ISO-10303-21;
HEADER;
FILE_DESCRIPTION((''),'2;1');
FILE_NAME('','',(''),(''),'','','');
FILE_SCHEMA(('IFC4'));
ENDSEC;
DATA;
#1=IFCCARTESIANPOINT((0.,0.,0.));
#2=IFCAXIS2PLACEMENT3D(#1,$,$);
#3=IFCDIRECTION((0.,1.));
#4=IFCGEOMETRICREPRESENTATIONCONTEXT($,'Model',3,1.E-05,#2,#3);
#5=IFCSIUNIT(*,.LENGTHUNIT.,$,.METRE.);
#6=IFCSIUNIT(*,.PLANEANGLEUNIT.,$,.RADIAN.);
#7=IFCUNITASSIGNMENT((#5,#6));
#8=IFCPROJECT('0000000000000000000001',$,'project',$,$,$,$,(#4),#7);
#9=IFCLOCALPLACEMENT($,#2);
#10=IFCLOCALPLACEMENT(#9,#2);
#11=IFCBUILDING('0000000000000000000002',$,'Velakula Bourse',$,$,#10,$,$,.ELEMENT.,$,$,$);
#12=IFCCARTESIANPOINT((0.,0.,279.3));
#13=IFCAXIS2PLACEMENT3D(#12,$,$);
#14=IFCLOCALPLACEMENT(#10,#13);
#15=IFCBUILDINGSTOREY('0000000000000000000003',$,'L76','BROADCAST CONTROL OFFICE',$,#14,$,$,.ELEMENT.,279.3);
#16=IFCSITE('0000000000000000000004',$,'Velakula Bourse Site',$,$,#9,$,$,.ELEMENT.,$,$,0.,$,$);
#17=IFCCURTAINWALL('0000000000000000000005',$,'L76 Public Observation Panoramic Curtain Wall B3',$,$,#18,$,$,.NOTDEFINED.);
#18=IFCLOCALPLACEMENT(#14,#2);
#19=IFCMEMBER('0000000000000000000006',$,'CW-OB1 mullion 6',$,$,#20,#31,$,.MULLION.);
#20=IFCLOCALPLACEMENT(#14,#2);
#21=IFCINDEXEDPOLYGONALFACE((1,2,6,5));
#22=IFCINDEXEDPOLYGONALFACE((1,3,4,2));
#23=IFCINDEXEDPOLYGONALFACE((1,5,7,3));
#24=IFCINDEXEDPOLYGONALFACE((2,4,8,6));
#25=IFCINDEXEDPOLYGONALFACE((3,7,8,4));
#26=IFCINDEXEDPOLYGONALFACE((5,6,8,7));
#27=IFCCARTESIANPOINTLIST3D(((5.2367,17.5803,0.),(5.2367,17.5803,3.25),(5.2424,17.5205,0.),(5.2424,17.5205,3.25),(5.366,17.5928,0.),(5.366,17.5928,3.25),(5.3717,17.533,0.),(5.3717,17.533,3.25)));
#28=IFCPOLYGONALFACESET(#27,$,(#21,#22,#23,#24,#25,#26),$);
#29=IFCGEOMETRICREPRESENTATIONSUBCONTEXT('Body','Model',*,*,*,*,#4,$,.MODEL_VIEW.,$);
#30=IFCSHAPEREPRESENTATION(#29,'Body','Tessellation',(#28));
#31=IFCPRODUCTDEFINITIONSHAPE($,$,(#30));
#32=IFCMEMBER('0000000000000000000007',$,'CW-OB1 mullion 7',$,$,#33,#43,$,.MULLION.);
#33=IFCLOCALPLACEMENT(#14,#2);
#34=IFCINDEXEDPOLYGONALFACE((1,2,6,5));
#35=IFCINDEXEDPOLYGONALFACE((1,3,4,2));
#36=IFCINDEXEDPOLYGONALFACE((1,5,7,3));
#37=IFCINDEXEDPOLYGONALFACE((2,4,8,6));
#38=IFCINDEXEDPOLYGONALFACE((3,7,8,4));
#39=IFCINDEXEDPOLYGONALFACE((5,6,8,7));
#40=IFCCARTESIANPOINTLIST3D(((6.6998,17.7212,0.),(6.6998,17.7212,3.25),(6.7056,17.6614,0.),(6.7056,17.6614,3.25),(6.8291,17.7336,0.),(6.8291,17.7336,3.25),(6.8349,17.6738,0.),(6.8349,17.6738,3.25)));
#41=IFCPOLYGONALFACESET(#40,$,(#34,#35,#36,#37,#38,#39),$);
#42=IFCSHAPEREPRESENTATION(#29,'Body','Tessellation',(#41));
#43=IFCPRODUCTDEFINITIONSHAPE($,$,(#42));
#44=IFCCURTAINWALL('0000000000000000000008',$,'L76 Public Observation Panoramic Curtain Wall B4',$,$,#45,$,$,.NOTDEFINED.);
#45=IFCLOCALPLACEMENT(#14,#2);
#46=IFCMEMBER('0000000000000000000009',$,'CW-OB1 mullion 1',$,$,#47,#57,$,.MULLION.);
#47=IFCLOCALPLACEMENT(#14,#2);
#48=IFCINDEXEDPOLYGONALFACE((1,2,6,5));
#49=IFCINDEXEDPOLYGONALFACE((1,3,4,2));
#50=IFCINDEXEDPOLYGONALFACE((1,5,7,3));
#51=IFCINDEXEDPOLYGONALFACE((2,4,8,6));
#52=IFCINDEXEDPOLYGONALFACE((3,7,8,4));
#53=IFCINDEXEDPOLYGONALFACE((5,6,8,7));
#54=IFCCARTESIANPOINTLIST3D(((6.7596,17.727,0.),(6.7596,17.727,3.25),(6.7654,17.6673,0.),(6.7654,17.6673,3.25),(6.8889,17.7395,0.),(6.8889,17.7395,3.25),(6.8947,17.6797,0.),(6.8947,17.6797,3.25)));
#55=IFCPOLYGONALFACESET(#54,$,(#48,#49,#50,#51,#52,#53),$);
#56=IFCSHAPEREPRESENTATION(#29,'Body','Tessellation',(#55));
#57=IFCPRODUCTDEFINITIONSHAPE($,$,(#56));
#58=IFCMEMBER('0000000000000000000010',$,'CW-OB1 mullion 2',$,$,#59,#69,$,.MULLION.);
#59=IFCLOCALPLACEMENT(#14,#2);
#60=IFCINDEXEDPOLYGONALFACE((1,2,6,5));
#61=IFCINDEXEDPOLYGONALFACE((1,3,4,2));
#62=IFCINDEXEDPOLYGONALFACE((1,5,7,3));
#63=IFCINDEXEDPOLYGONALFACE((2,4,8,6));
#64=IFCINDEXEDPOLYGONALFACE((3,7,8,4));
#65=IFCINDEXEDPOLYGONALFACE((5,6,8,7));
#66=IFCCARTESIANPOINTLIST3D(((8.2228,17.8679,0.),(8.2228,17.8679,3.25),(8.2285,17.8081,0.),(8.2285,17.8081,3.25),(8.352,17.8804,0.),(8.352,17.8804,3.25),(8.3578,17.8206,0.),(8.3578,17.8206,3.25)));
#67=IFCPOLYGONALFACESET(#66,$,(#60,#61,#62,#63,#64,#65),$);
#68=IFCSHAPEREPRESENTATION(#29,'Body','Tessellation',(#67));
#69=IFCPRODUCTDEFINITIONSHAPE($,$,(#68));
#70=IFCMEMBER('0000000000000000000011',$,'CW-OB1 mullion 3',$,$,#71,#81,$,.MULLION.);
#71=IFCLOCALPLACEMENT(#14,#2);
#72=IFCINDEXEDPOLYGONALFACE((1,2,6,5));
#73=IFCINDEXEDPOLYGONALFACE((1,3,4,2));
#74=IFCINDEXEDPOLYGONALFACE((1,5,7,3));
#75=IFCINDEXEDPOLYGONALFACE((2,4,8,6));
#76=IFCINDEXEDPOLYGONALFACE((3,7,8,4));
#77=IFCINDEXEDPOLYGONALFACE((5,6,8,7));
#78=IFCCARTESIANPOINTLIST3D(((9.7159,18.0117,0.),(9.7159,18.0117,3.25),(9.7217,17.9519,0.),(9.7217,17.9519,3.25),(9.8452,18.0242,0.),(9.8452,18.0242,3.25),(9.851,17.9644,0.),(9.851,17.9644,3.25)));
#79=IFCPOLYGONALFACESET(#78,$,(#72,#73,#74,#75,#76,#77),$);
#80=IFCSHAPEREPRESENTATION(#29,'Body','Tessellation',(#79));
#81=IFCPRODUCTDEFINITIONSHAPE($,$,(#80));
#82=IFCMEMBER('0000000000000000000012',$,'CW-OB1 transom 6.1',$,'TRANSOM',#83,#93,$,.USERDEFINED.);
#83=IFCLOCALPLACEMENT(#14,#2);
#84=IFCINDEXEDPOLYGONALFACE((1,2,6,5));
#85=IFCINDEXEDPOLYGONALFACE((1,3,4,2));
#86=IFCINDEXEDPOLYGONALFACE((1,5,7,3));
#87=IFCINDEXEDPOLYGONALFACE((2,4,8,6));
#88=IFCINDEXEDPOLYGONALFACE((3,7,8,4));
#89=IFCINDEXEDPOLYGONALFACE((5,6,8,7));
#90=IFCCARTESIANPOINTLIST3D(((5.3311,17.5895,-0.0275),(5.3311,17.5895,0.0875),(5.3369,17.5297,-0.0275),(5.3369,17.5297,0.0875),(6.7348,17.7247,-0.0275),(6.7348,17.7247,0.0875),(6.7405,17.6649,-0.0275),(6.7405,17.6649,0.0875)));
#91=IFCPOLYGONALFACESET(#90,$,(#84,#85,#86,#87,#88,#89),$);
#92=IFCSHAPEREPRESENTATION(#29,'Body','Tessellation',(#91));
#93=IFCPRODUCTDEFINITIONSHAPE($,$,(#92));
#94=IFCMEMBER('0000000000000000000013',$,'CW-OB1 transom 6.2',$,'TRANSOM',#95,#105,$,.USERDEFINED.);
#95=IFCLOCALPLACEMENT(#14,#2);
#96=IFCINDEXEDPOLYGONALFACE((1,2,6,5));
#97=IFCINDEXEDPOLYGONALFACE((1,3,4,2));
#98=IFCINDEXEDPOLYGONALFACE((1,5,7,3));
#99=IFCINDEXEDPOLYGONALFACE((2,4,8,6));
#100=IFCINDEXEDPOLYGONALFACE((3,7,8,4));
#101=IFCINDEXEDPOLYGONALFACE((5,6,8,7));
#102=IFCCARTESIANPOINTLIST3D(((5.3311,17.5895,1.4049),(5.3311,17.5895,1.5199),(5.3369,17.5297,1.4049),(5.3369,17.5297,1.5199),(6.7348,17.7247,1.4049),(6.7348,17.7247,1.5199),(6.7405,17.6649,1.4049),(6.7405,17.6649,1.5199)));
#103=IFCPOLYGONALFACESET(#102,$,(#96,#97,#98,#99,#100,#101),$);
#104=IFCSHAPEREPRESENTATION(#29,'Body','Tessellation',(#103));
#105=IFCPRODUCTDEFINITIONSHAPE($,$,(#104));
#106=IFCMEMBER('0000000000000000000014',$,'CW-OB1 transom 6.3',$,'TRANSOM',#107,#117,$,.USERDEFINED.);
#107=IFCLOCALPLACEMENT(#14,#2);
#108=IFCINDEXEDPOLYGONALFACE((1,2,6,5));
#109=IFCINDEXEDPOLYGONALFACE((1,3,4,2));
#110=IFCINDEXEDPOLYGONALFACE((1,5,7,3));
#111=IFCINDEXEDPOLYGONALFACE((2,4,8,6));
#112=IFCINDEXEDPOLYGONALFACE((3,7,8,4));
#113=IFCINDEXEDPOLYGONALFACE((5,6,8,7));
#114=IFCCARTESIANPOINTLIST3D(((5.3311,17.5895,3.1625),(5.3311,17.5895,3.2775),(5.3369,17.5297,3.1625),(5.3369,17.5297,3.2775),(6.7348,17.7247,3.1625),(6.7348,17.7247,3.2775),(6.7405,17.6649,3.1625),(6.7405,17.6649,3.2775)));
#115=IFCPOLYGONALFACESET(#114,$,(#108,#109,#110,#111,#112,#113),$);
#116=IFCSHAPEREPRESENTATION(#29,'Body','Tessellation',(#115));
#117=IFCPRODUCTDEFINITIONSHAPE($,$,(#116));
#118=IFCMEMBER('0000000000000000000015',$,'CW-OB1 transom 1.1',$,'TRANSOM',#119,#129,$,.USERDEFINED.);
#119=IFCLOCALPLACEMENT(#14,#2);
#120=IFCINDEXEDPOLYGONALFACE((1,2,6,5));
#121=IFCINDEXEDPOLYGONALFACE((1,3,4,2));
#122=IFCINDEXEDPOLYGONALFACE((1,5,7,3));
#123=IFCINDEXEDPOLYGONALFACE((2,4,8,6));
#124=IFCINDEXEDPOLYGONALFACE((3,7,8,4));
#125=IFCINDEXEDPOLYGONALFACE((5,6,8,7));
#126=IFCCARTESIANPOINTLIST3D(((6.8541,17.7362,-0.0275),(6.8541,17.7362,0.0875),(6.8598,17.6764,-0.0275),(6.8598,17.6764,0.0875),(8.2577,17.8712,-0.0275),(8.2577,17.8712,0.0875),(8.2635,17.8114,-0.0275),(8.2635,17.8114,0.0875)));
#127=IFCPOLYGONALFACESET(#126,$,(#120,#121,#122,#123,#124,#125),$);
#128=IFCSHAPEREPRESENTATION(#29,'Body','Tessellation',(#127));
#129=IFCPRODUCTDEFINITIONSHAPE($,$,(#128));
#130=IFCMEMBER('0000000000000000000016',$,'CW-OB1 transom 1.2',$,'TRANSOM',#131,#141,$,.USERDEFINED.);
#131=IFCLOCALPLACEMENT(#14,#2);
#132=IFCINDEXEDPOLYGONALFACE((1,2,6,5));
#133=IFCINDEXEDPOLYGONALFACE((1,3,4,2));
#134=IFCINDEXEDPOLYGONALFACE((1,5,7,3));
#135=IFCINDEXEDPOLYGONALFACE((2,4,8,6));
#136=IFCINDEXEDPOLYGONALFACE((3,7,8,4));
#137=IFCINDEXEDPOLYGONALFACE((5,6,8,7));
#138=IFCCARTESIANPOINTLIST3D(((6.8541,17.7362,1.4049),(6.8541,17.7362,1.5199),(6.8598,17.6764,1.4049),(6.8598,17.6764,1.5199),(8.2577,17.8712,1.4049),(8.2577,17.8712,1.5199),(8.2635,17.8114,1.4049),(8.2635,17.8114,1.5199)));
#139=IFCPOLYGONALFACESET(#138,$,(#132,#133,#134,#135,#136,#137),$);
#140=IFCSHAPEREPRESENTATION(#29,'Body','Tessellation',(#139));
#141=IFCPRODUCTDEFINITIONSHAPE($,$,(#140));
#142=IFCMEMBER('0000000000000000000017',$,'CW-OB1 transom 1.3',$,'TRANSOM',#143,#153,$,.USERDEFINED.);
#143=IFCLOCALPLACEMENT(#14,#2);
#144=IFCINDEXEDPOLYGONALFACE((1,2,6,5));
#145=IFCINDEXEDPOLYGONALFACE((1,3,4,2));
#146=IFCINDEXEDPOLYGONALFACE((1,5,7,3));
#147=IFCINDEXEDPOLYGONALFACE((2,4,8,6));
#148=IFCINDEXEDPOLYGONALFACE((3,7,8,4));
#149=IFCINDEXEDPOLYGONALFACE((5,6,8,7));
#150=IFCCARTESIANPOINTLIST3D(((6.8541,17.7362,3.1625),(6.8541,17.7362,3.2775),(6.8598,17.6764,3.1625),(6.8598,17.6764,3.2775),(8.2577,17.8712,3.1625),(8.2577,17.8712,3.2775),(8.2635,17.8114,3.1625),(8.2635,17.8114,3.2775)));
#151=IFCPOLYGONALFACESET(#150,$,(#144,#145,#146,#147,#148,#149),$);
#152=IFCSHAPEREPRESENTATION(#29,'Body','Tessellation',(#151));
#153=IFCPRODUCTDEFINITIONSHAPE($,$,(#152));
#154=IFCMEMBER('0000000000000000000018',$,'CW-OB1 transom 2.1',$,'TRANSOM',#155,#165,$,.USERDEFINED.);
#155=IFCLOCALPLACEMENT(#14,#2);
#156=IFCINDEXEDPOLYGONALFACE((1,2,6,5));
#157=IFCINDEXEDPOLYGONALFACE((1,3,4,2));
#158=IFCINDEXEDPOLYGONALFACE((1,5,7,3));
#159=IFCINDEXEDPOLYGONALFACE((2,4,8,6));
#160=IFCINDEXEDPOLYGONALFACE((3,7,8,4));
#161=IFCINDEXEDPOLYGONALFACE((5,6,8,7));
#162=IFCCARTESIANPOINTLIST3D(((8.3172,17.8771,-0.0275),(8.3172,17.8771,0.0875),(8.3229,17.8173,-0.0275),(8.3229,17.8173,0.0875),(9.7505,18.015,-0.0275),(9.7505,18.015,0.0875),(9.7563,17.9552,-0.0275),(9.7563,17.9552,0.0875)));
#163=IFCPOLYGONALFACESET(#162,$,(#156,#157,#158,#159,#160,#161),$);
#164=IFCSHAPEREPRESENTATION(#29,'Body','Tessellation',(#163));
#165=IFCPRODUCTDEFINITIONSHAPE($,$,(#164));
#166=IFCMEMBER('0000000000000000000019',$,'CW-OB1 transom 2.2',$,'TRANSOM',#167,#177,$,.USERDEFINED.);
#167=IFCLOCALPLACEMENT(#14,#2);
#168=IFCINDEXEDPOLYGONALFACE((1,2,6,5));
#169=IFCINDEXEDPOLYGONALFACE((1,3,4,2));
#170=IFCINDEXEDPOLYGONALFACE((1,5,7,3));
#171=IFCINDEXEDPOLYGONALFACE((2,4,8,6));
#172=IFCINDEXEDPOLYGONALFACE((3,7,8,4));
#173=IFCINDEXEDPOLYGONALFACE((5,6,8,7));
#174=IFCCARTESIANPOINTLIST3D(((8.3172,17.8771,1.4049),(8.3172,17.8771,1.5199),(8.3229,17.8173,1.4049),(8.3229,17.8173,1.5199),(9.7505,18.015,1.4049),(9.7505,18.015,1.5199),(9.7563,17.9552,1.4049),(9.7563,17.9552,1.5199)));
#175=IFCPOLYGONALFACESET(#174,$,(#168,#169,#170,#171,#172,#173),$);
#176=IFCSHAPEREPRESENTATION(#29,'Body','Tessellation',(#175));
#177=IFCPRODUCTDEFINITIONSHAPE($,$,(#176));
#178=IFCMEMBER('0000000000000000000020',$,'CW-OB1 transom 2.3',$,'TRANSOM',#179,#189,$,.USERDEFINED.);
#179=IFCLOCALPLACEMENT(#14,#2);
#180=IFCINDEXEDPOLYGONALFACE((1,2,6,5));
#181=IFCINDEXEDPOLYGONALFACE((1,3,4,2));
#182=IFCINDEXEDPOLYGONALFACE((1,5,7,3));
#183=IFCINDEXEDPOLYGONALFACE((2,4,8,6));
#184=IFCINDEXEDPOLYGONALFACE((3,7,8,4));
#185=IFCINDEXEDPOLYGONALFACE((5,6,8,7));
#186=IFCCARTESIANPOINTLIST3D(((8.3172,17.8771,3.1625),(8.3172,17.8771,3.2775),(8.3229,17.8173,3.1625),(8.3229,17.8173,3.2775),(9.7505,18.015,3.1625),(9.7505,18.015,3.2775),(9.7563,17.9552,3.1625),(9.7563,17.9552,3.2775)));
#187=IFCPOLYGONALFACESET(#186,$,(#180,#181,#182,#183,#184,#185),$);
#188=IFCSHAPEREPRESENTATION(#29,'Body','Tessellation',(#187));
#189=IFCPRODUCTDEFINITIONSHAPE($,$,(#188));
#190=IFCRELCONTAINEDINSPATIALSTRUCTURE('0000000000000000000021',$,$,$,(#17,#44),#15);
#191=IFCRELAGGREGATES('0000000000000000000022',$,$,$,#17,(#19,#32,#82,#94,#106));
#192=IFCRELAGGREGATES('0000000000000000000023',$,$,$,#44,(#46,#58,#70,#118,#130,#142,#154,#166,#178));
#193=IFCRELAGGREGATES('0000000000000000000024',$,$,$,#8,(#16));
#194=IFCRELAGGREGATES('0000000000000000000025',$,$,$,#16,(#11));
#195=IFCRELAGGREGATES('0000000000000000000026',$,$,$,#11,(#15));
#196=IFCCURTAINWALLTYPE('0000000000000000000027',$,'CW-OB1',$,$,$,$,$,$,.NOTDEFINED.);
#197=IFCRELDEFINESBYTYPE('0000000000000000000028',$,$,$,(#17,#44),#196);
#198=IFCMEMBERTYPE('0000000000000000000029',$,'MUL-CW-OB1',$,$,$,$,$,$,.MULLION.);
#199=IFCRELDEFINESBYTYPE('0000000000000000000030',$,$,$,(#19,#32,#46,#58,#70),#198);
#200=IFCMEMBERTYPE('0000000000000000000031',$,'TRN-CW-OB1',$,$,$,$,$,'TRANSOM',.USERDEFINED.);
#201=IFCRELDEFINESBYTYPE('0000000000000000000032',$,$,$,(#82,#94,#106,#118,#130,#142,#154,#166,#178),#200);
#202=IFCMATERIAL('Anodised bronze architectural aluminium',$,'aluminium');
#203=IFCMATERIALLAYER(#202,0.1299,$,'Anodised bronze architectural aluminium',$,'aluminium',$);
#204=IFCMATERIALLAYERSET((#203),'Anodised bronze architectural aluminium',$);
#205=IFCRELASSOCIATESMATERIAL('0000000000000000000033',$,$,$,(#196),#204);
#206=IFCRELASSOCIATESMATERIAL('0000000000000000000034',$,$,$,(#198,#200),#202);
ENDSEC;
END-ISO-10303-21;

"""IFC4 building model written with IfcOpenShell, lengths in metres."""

from ifc_helpers import new_model, si_unit, direction, frame, origin, origin_2d, place, context, subcontext, project, spatial, rectangle, extrude, material, layer, layer_set, material_profile, profile_set, type_object, element, aggregate, save


model = new_model("IFC4")

# Units and contexts
model_context = context("Model", 3, precision=1e-05, world=origin(), true_north=direction((0.0, 1.0)))
body_context = subcontext(model_context, "Body", "Model", "MODEL_VIEW")
ifc_project = project(units=[si_unit("LENGTHUNIT", "METRE"), si_unit("PLANEANGLEUNIT", "RADIAN")], contexts=[model_context])

# Site, building, storey
site_placement = place(None, origin())
site = spatial("IfcSite", under=ifc_project, at=site_placement, Name="Velakula Bourse Site", CompositionType="ELEMENT", RefElevation=0.0)
building_placement = place(site_placement, origin())
building = spatial("IfcBuilding", under=site, at=building_placement, Name="Velakula Bourse", CompositionType="ELEMENT")
storey_placement = place(building_placement, frame((0.0, 0.0, 279.3)))
storey = spatial("IfcBuildingStorey", under=building, at=storey_placement, Name="L76", Description="BROADCAST CONTROL OFFICE", CompositionType="ELEMENT", Elevation=279.3)

# Curtain walls, members
ifc_material_1 = material(Name="Anodised bronze architectural aluminium", Category="aluminium")
ifc_layer_1 = layer(ifc_material_1, 0.1299, Name="Anodised bronze architectural aluminium", Category="aluminium")
ifc_layer_set_1 = layer_set([ifc_layer_1], Name="Anodised bronze architectural aluminium")
curtain_wall_type = type_object("IfcCurtainWallType", Name="CW-OB1", PredefinedType="NOTDEFINED", material=ifc_layer_set_1)
curtain_wall_1_placement = place(storey_placement, origin())
curtain_wall_1 = element("IfcCurtainWall", 1, at=curtain_wall_1_placement, inside=storey, type_object=curtain_wall_type, Name="L76 Public Observation Panoramic Curtain Wall B3", PredefinedType="NOTDEFINED")
ifc_material_profile_1 = material_profile(ifc_material_1, rectangle(XDim=0.0601, YDim=0.1299, at=origin_2d()), Name="Anodised bronze architectural aluminium")
ifc_profile_set_1 = profile_set([ifc_material_profile_1], Name="Anodised bronze architectural aluminium")
member_type_1 = type_object("IfcMemberType", Name="MUL-CW-OB1", PredefinedType="MULLION", material=ifc_profile_set_1)
member_1_placement = place(storey_placement, frame((5.3042, 17.5566, 0.0), z_axis=(0.0, 0.0, 1.0), x_axis=(-0.095844, 0.995396, 0.0)))
member_1 = element("IfcMember", 2, at=member_1_placement, type_object=member_type_1, Name="CW-OB1 mullion 6", PredefinedType="MULLION", context=body_context, shape_type="SweptSolid", body=[
    extrude(rectangle(XDim=0.0601, YDim=0.1299, at=origin_2d()), origin(), (0.0, 0.0, 1.0), 3.25),
])
member_2_placement = place(storey_placement, frame((6.7673, 17.6975, 0.0), z_axis=(0.0, 0.0, 1.0), x_axis=(-0.095844, 0.995396, 0.0)))
member_2 = element("IfcMember", 3, at=member_2_placement, type_object=member_type_1, Name="CW-OB1 mullion 7", PredefinedType="MULLION", context=body_context, shape_type="SweptSolid", body=[
    extrude(rectangle(XDim=0.0601, YDim=0.1299, at=origin_2d()), origin(), (0.0, 0.0, 1.0), 3.25),
])
curtain_wall_2_placement = place(storey_placement, origin())
curtain_wall_2 = element("IfcCurtainWall", 4, at=curtain_wall_2_placement, inside=storey, type_object=curtain_wall_type, Name="L76 Public Observation Panoramic Curtain Wall B4", PredefinedType="NOTDEFINED")
member_3_placement = place(storey_placement, frame((6.8271, 17.7034, 0.0), z_axis=(0.0, 0.0, 1.0), x_axis=(-0.095844, 0.995396, 0.0)))
member_3 = element("IfcMember", 5, at=member_3_placement, type_object=member_type_1, Name="CW-OB1 mullion 1", PredefinedType="MULLION", context=body_context, shape_type="SweptSolid", body=[
    extrude(rectangle(XDim=0.0601, YDim=0.1299, at=origin_2d()), origin(), (0.0, 0.0, 1.0), 3.25),
])
member_4_placement = place(storey_placement, frame((8.2903, 17.8442, 0.0), z_axis=(0.0, 0.0, 1.0), x_axis=(-0.095844, 0.995396, 0.0)))
member_4 = element("IfcMember", 6, at=member_4_placement, type_object=member_type_1, Name="CW-OB1 mullion 2", PredefinedType="MULLION", context=body_context, shape_type="SweptSolid", body=[
    extrude(rectangle(XDim=0.0601, YDim=0.1299, at=origin_2d()), origin(), (0.0, 0.0, 1.0), 3.25),
])
member_5_placement = place(storey_placement, frame((9.7834, 17.988, 0.0), z_axis=(0.0, 0.0, 1.0), x_axis=(-0.095844, 0.995396, 0.0)))
member_5 = element("IfcMember", 7, at=member_5_placement, type_object=member_type_1, Name="CW-OB1 mullion 3", PredefinedType="MULLION", context=body_context, shape_type="SweptSolid", body=[
    extrude(rectangle(XDim=0.0601, YDim=0.1299, at=origin_2d()), origin(), (0.0, 0.0, 1.0), 3.25),
])

# Members
ifc_material_profile_2 = material_profile(ifc_material_1, rectangle(XDim=0.0601, YDim=0.115, at=origin_2d()), Name="Anodised bronze architectural aluminium")
ifc_profile_set_2 = profile_set([ifc_material_profile_2], Name="Anodised bronze architectural aluminium")
member_type_2 = type_object("IfcMemberType", Name="TRN-CW-OB1", ElementType="TRANSOM", PredefinedType="USERDEFINED", material=ifc_profile_set_2)
member_6_placement = place(storey_placement, frame((5.334, 17.5596, 0.03), z_axis=(0.995389, 0.09592, 0.0), x_axis=(-0.09592, 0.995389, 0.0)))
member_6 = element("IfcMember", 8, at=member_6_placement, type_object=member_type_2, Name="CW-OB1 transom 6.1", ObjectType="TRANSOM", PredefinedType="USERDEFINED", context=body_context, shape_type="SweptSolid", body=[
    extrude(rectangle(XDim=0.0601, YDim=0.115, at=origin_2d()), origin(), (0.0, 0.0, 1.0), 1.4102),
])
member_7_placement = place(storey_placement, frame((5.334, 17.5596, 1.4624), z_axis=(0.995389, 0.09592, 0.0), x_axis=(-0.09592, 0.995389, 0.0)))
member_7 = element("IfcMember", 9, at=member_7_placement, type_object=member_type_2, Name="CW-OB1 transom 6.2", ObjectType="TRANSOM", PredefinedType="USERDEFINED", context=body_context, shape_type="SweptSolid", body=[
    extrude(rectangle(XDim=0.0601, YDim=0.115, at=origin_2d()), origin(), (0.0, 0.0, 1.0), 1.4102),
])
member_8_placement = place(storey_placement, frame((5.334, 17.5596, 3.22), z_axis=(0.995389, 0.09592, 0.0), x_axis=(-0.09592, 0.995389, 0.0)))
member_8 = element("IfcMember", 10, at=member_8_placement, type_object=member_type_2, Name="CW-OB1 transom 6.3", ObjectType="TRANSOM", PredefinedType="USERDEFINED", context=body_context, shape_type="SweptSolid", body=[
    extrude(rectangle(XDim=0.0601, YDim=0.115, at=origin_2d()), origin(), (0.0, 0.0, 1.0), 1.4102),
])
member_9_placement = place(storey_placement, frame((6.8569, 17.7063, 0.03), z_axis=(0.995406, 0.095749, 0.0), x_axis=(-0.095749, 0.995406, 0.0)))
member_9 = element("IfcMember", 11, at=member_9_placement, type_object=member_type_2, Name="CW-OB1 transom 1.1", ObjectType="TRANSOM", PredefinedType="USERDEFINED", context=body_context, shape_type="SweptSolid", body=[
    extrude(rectangle(XDim=0.0601, YDim=0.115, at=origin_2d()), origin(), (0.0, 0.0, 1.0), 1.4102),
])
member_10_placement = place(storey_placement, frame((6.8569, 17.7063, 1.4624), z_axis=(0.995406, 0.095749, 0.0), x_axis=(-0.095749, 0.995406, 0.0)))
member_10 = element("IfcMember", 12, at=member_10_placement, type_object=member_type_2, Name="CW-OB1 transom 1.2", ObjectType="TRANSOM", PredefinedType="USERDEFINED", context=body_context, shape_type="SweptSolid", body=[
    extrude(rectangle(XDim=0.0601, YDim=0.115, at=origin_2d()), origin(), (0.0, 0.0, 1.0), 1.4102),
])
member_11_placement = place(storey_placement, frame((6.8569, 17.7063, 3.22), z_axis=(0.995406, 0.095749, 0.0), x_axis=(-0.095749, 0.995406, 0.0)))
member_11 = element("IfcMember", 13, at=member_11_placement, type_object=member_type_2, Name="CW-OB1 transom 1.3", ObjectType="TRANSOM", PredefinedType="USERDEFINED", context=body_context, shape_type="SweptSolid", body=[
    extrude(rectangle(XDim=0.0601, YDim=0.115, at=origin_2d()), origin(), (0.0, 0.0, 1.0), 1.4102),
])
member_12_placement = place(storey_placement, frame((8.3201, 17.8472, 0.03), z_axis=(0.995401, 0.095793, 0.0), x_axis=(-0.095793, 0.995401, 0.0)))
member_12 = element("IfcMember", 14, at=member_12_placement, type_object=member_type_2, Name="CW-OB1 transom 2.1", ObjectType="TRANSOM", PredefinedType="USERDEFINED", context=body_context, shape_type="SweptSolid", body=[
    extrude(rectangle(XDim=0.0601, YDim=0.115, at=origin_2d()), origin(), (0.0, 0.0, 1.0), 1.4399),
])
member_13_placement = place(storey_placement, frame((8.3201, 17.8472, 1.4624), z_axis=(0.995401, 0.095793, 0.0), x_axis=(-0.095793, 0.995401, 0.0)))
member_13 = element("IfcMember", 15, at=member_13_placement, type_object=member_type_2, Name="CW-OB1 transom 2.2", ObjectType="TRANSOM", PredefinedType="USERDEFINED", context=body_context, shape_type="SweptSolid", body=[
    extrude(rectangle(XDim=0.0601, YDim=0.115, at=origin_2d()), origin(), (0.0, 0.0, 1.0), 1.4399),
])
member_14_placement = place(storey_placement, frame((8.3201, 17.8472, 3.22), z_axis=(0.995401, 0.095793, 0.0), x_axis=(-0.095793, 0.995401, 0.0)))
member_14 = element("IfcMember", 16, at=member_14_placement, type_object=member_type_2, Name="CW-OB1 transom 2.3", ObjectType="TRANSOM", PredefinedType="USERDEFINED", context=body_context, shape_type="SweptSolid", body=[
    extrude(rectangle(XDim=0.0601, YDim=0.115, at=origin_2d()), origin(), (0.0, 0.0, 1.0), 1.4399),
])

aggregate(curtain_wall_1, [member_1, member_2, member_6, member_7, member_8])
aggregate(curtain_wall_2, [member_3, member_4, member_5, member_9, member_10, member_11, member_12, member_13, member_14])

save(model, "model.ifc")
